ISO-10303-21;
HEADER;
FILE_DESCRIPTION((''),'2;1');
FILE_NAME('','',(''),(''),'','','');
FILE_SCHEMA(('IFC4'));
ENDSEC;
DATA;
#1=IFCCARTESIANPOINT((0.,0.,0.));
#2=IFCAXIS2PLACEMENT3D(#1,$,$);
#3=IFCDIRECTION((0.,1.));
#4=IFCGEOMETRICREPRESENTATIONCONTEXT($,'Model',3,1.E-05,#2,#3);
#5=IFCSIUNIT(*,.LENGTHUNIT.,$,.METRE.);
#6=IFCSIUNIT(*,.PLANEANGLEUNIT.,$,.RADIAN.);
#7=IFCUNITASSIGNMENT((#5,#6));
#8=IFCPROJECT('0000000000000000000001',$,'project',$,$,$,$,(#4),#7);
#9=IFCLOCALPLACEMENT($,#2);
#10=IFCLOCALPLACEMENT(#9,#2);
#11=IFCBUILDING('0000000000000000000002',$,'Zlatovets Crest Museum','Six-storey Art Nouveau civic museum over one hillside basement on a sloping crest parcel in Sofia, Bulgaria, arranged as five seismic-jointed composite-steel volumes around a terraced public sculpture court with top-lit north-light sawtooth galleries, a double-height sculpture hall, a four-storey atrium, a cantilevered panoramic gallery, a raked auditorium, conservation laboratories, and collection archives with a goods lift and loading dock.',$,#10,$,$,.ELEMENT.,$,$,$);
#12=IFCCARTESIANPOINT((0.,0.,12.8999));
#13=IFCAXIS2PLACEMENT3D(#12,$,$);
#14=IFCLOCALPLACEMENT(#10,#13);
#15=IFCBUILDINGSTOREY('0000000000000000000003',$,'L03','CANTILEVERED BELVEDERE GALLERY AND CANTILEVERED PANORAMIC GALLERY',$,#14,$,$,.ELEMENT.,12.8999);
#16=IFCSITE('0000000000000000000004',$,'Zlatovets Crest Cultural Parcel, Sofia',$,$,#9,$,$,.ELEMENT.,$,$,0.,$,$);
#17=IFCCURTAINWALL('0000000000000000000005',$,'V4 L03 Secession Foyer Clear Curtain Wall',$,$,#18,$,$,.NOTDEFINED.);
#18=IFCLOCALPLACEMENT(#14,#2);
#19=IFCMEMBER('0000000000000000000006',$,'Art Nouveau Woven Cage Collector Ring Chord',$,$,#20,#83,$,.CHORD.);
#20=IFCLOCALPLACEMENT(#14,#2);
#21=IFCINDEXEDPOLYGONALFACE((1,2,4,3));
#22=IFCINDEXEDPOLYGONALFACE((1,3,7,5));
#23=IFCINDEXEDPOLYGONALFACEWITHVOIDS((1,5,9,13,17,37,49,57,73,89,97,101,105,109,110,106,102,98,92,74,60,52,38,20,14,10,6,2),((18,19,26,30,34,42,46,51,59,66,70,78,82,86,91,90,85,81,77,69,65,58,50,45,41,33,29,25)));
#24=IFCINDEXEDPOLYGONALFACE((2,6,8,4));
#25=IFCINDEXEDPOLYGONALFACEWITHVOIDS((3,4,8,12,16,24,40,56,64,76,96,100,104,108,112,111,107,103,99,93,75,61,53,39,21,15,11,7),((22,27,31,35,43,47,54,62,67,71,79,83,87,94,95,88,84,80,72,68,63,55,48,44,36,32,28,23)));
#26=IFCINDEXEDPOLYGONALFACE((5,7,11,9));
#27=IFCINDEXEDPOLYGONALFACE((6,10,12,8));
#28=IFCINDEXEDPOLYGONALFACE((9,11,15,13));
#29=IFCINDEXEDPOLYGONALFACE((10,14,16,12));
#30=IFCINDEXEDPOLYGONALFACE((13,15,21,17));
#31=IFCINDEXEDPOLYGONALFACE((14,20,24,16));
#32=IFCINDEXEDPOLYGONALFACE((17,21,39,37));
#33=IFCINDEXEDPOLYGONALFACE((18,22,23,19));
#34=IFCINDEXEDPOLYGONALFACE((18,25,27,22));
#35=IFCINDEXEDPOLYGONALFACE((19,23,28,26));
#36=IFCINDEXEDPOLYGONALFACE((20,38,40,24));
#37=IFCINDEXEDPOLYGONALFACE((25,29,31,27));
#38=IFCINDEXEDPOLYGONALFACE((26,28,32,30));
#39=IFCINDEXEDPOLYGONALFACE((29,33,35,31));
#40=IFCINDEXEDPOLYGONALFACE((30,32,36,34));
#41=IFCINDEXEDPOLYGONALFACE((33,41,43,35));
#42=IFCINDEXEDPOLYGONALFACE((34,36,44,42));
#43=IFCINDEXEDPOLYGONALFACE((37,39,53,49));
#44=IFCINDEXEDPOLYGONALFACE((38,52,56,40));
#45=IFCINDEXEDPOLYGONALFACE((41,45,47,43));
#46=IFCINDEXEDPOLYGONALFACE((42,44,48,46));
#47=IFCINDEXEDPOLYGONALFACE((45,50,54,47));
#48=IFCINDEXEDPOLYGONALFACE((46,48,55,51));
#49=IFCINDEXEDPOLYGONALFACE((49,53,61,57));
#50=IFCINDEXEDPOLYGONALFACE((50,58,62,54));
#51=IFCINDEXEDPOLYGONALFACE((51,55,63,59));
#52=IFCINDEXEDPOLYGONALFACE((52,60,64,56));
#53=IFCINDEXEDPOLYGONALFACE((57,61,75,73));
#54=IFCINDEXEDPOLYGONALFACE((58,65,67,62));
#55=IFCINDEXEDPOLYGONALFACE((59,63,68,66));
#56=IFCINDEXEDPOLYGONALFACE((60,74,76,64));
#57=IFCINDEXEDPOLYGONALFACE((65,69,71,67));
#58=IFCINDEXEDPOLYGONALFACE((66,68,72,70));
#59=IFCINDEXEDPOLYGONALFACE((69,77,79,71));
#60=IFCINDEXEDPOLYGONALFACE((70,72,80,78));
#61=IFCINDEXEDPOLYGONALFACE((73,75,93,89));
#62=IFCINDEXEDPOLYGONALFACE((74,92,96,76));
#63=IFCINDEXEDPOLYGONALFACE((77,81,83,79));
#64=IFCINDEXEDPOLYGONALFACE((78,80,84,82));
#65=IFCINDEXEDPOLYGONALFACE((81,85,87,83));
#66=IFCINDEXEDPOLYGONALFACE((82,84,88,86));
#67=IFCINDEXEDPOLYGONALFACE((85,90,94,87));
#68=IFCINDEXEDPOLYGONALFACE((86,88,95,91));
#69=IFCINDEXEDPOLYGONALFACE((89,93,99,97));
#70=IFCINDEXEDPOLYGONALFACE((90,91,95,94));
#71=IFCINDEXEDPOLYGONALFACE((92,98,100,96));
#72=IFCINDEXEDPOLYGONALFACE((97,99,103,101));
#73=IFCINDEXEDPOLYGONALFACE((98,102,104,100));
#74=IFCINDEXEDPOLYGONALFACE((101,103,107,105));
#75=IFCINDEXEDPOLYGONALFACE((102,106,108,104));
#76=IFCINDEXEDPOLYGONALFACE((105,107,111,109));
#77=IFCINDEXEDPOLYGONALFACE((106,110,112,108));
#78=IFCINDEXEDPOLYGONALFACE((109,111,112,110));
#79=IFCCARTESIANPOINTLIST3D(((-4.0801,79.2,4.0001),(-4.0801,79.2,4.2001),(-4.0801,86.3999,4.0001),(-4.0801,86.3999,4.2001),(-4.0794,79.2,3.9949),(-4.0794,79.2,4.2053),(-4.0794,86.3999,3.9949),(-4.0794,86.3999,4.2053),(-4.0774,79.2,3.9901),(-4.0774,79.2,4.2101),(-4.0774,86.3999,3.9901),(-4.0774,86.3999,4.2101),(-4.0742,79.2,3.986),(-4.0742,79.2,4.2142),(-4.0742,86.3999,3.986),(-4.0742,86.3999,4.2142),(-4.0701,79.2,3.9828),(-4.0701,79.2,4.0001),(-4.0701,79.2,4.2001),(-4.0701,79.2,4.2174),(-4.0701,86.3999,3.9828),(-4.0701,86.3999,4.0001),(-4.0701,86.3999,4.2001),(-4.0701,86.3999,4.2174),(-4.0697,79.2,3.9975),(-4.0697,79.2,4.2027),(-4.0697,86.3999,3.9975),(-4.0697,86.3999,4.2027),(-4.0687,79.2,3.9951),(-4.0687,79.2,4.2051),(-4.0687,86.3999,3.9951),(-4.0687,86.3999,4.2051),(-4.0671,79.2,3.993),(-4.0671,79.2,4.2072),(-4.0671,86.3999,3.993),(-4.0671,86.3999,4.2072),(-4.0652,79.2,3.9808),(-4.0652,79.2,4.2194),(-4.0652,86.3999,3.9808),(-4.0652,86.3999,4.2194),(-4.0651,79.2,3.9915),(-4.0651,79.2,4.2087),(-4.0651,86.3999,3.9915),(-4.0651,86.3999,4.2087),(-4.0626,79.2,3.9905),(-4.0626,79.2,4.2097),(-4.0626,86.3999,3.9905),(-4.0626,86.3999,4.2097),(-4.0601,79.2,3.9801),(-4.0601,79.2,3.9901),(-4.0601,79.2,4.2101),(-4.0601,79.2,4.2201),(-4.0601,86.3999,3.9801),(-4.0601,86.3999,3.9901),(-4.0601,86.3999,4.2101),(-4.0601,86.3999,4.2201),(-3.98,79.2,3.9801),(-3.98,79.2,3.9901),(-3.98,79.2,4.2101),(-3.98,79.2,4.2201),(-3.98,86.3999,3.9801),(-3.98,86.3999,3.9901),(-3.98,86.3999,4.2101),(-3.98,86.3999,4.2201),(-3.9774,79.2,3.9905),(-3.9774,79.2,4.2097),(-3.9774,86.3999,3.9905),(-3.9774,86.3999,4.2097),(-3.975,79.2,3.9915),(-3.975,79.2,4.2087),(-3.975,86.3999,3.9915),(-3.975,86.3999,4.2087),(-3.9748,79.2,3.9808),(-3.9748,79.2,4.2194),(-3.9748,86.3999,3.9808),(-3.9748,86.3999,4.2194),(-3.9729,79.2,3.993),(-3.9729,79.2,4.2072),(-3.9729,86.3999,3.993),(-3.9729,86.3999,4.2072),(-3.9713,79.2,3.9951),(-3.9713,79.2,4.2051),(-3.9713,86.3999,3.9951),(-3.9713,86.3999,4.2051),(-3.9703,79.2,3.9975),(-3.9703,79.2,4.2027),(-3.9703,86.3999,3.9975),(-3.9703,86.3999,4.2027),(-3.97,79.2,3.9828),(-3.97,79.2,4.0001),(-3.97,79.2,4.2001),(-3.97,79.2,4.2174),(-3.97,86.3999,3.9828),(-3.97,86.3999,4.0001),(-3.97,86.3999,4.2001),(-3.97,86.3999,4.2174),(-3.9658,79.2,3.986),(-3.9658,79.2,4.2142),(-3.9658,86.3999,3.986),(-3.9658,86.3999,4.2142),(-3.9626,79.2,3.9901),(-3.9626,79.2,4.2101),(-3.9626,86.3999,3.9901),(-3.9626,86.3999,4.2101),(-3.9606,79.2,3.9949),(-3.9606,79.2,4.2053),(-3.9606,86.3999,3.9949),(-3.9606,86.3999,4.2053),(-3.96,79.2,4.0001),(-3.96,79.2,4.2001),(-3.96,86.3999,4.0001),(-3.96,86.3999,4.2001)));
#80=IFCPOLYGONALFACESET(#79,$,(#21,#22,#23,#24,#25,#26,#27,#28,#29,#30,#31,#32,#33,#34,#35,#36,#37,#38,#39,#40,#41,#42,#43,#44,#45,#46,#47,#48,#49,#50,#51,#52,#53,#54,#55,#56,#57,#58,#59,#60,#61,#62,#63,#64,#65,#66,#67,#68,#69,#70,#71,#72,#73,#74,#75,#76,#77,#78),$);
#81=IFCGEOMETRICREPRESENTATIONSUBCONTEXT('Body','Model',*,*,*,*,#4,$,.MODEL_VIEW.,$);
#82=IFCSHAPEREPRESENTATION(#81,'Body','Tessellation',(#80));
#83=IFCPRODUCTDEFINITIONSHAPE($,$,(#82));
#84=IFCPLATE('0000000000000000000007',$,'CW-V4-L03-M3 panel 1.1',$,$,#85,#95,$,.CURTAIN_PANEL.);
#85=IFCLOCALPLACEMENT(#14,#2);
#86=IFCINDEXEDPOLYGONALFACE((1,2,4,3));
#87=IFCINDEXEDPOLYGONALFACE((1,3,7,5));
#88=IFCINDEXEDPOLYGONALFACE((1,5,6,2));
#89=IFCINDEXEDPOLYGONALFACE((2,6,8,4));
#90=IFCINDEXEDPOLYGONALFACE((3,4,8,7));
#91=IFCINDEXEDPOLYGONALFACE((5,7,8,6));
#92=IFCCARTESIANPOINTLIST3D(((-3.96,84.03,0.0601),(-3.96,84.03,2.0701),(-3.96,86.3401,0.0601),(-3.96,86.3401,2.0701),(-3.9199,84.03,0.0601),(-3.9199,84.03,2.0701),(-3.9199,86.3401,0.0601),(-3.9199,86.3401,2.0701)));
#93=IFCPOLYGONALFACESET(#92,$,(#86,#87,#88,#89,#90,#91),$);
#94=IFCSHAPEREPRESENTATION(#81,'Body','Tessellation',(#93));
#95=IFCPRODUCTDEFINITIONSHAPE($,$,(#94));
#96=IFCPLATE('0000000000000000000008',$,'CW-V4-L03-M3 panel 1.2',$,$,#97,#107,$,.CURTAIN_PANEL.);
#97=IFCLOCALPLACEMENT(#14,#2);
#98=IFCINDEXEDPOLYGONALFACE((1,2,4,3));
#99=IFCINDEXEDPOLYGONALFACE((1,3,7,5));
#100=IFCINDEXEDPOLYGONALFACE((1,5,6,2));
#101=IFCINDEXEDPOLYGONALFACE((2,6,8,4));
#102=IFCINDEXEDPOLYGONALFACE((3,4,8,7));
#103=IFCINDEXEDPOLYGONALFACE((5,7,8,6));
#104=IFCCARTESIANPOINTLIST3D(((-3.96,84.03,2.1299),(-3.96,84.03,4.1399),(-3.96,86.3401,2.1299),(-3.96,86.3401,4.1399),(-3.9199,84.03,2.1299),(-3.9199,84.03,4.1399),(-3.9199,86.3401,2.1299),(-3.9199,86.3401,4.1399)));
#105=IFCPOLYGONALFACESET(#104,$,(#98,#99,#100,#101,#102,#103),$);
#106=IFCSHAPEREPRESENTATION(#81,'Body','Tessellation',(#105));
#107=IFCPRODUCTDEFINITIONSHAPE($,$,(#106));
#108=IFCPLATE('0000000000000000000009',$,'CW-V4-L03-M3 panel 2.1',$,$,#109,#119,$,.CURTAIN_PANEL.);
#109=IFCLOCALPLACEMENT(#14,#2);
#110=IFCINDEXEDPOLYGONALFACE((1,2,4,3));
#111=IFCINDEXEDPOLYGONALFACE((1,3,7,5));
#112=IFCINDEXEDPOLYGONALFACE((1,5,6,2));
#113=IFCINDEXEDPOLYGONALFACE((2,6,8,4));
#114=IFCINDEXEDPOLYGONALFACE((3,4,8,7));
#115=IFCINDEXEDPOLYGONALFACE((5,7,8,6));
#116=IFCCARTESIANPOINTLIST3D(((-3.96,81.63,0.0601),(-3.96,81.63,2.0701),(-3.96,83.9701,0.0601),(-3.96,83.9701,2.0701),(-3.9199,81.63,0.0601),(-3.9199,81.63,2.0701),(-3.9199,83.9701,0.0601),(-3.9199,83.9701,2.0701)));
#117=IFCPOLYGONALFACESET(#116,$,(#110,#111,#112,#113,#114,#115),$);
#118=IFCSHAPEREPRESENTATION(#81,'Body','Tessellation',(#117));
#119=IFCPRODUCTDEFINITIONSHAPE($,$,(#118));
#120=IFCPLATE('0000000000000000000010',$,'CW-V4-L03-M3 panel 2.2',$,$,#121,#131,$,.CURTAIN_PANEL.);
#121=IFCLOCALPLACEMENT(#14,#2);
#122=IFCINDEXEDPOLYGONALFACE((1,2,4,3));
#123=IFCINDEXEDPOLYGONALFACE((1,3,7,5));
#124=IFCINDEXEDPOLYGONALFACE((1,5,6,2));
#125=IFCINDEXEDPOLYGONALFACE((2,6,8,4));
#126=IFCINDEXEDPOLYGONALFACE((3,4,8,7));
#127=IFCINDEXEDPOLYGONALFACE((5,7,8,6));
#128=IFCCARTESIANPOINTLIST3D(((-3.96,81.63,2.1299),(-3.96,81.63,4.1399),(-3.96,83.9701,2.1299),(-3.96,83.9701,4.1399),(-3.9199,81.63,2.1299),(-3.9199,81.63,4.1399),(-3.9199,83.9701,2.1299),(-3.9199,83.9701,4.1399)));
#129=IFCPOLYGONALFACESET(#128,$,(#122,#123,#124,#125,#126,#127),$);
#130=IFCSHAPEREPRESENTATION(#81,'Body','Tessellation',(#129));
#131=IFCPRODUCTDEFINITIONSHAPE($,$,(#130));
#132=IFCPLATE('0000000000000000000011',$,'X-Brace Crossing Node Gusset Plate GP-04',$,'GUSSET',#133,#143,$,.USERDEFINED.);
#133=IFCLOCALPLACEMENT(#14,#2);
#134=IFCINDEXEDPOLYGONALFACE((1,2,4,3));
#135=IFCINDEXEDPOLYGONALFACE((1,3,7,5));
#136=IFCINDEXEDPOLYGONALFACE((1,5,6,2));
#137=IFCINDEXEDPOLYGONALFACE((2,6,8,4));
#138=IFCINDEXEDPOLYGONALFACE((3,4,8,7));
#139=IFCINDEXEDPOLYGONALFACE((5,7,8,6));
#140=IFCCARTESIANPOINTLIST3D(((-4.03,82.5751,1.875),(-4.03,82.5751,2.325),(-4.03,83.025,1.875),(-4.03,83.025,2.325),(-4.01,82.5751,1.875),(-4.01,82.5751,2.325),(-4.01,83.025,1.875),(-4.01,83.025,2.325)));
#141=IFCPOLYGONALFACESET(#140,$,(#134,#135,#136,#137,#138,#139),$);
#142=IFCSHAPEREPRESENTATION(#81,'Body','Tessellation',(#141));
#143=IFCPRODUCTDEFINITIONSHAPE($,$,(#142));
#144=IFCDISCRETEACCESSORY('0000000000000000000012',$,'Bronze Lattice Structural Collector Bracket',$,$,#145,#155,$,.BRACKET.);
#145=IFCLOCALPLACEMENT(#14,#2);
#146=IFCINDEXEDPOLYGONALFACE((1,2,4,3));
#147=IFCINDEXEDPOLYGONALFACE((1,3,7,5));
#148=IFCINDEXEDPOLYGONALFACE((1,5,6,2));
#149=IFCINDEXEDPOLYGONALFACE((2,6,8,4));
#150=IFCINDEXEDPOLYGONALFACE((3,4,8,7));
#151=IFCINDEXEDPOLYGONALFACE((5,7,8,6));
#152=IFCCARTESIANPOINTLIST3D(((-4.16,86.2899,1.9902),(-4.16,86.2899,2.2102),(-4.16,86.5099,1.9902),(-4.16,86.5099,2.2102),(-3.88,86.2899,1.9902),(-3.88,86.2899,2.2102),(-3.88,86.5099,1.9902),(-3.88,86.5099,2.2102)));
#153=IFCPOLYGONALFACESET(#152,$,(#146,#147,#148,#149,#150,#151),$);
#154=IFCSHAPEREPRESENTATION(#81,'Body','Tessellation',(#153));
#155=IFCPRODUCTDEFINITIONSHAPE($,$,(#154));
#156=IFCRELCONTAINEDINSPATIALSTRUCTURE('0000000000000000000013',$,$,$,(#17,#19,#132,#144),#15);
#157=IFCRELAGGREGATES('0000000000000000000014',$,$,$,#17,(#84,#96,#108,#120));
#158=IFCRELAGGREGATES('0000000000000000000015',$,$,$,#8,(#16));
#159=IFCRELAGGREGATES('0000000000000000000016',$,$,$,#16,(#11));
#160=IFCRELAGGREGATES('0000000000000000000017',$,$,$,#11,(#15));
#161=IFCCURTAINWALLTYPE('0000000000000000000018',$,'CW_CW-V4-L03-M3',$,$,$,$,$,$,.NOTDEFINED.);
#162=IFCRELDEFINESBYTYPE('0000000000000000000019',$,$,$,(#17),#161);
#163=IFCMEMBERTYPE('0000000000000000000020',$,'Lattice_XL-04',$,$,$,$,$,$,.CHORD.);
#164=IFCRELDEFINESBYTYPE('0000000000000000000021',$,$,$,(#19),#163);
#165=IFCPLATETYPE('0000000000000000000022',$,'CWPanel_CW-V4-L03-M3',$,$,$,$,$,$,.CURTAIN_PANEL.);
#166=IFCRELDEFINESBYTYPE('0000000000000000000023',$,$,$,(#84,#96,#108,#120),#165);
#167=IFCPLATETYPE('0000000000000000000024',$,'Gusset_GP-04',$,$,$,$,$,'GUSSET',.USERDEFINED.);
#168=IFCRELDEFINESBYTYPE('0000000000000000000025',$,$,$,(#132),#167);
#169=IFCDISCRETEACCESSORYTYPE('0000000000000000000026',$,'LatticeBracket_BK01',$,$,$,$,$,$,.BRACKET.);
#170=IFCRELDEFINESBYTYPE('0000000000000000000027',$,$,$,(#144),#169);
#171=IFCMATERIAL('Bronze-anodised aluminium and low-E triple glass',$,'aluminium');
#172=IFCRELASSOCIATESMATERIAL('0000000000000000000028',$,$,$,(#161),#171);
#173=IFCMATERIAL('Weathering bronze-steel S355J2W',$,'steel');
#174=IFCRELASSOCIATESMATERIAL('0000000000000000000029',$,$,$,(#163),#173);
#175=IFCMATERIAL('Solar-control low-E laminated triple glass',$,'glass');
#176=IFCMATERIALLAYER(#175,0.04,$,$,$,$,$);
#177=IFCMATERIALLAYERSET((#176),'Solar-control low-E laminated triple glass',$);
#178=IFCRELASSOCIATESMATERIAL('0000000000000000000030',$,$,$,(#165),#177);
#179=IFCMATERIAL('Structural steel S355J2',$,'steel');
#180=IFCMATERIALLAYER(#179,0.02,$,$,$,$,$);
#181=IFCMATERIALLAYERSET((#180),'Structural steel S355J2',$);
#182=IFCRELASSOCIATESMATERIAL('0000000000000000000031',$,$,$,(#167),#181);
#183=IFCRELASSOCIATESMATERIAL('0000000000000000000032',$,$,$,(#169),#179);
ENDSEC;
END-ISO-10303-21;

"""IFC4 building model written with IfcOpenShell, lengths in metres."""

from ifc_helpers import new_model, si_unit, direction, frame, origin, origin_2d, place, context, subcontext, project, spatial, rectangle, hollow_rectangle, extrude, material, layer, layer_set, material_profile, profile_set, type_object, element, aggregate, save


model = new_model("IFC4")

# Units and contexts
model_context = context("Model", 3, precision=1e-05, world=origin(), true_north=direction((0.0, 1.0)))
body_context = subcontext(model_context, "Body", "Model", "MODEL_VIEW")
ifc_project = project(units=[si_unit("LENGTHUNIT", "METRE"), si_unit("PLANEANGLEUNIT", "RADIAN")], contexts=[model_context])

# Site, building, storey
site_placement = place(None, origin())
site = spatial("IfcSite", under=ifc_project, at=site_placement, Name="Zlatovets Crest Cultural Parcel, Sofia", CompositionType="ELEMENT", RefElevation=0.0)
building_placement = place(site_placement, origin())
building = spatial("IfcBuilding", under=site, at=building_placement, Name="Zlatovets Crest Museum", Description="Six-storey Art Nouveau civic museum over one hillside basement on a sloping crest parcel in Sofia, Bulgaria, arranged as five seismic-jointed composite-steel volumes around a terraced public sculpture court with top-lit north-light sawtooth galleries, a double-height sculpture hall, a four-storey atrium, a cantilevered panoramic gallery, a raked auditorium, conservation laboratories, and collection archives with a goods lift and loading dock.", CompositionType="ELEMENT")
storey_placement = place(building_placement, frame((0.0, 0.0, 12.8999)))
storey = spatial("IfcBuildingStorey", under=building, at=storey_placement, Name="L03", Description="CANTILEVERED BELVEDERE GALLERY AND CANTILEVERED PANORAMIC GALLERY", CompositionType="ELEMENT", Elevation=12.8999)

# Shared definitions
ifc_material_1 = material(Name="Structural steel S355J2", Category="steel")

# Shared definitions
ifc_material_2 = material(Name="Bronze-anodised aluminium and low-E triple glass", Category="aluminium")

# Curtain wall
curtain_wall_type_1 = type_object("IfcCurtainWallType", Name="CW_CW-V4-L03-M3", PredefinedType="NOTDEFINED", material=ifc_material_2)
curtain_wall_1_placement = place(storey_placement, origin())
curtain_wall_1 = element("IfcCurtainWall", 1, at=curtain_wall_1_placement, inside=storey, type_object=curtain_wall_type_1, Name="V4 L03 Secession Foyer Clear Curtain Wall", PredefinedType="NOTDEFINED")

# Member
ifc_material_3 = material(Name="Weathering bronze-steel S355J2W", Category="steel")
ifc_material_profile_1 = material_profile(ifc_material_3, hollow_rectangle(XDim=0.1201, YDim=0.24, WallThickness=0.01, InnerFilletRadius=0.01, OuterFilletRadius=0.02, at=origin_2d()), Name="RHS 120x240x10.0")
ifc_profile_set_1 = profile_set([ifc_material_profile_1], Name="Weathering bronze-steel S355J2W")
member_type_1 = type_object("IfcMemberType", Name="Lattice_XL-04", PredefinedType="CHORD", material=ifc_profile_set_1)
member_1_placement = place(storey_placement, frame((-4.02, 86.3999, 4.1001), z_axis=(0.0, -1.0, 0.0), x_axis=(1.0, 0.0, 0.0)))
element("IfcMember", 2, at=member_1_placement, inside=storey, type_object=member_type_1, Name="Art Nouveau Woven Cage Collector Ring Chord", PredefinedType="CHORD", context=body_context, shape_type="SweptSolid", body=[
    extrude(hollow_rectangle(XDim=0.1201, YDim=0.24, WallThickness=0.01, InnerFilletRadius=0.01, OuterFilletRadius=0.02, at=origin_2d()), origin(), (0.0, 0.0, 1.0), 7.2),
])

# Plates
ifc_material_4 = material(Name="Solar-control low-E laminated triple glass", Category="glass")
ifc_layer_1 = layer(ifc_material_4, 0.04)
ifc_layer_set_1 = layer_set([ifc_layer_1], Name="Solar-control low-E laminated triple glass")
plate_type_1 = type_object("IfcPlateType", Name="CWPanel_CW-V4-L03-M3", PredefinedType="CURTAIN_PANEL", material=ifc_layer_set_1)
plate_1_placement = place(storey_placement, frame((-3.9399, 85.1851, 0.0601), z_axis=(0.0, 0.0, 1.0), x_axis=(0.0, -1.0, 0.0)))
plate_1 = element("IfcPlate", 3, at=plate_1_placement, type_object=plate_type_1, Name="CW-V4-L03-M3 panel 1.1", PredefinedType="CURTAIN_PANEL", context=body_context, shape_type="SweptSolid", body=[
    extrude(rectangle(XDim=2.3101, YDim=0.04, at=origin_2d()), origin(), (0.0, 0.0, 1.0), 2.01),
])
plate_2_placement = place(storey_placement, frame((-3.9399, 85.1851, 2.1299), z_axis=(0.0, 0.0, 1.0), x_axis=(0.0, -1.0, 0.0)))
plate_2 = element("IfcPlate", 4, at=plate_2_placement, type_object=plate_type_1, Name="CW-V4-L03-M3 panel 1.2", PredefinedType="CURTAIN_PANEL", context=body_context, shape_type="SweptSolid", body=[
    extrude(rectangle(XDim=2.3101, YDim=0.04, at=origin_2d()), origin(), (0.0, 0.0, 1.0), 2.01),
])
plate_3_placement = place(storey_placement, frame((-3.9399, 82.8, 0.0601), z_axis=(0.0, 0.0, 1.0), x_axis=(0.0, -1.0, 0.0)))
plate_3 = element("IfcPlate", 5, at=plate_3_placement, type_object=plate_type_1, Name="CW-V4-L03-M3 panel 2.1", PredefinedType="CURTAIN_PANEL", context=body_context, shape_type="SweptSolid", body=[
    extrude(rectangle(XDim=2.3401, YDim=0.04, at=origin_2d()), origin(), (0.0, 0.0, 1.0), 2.01),
])
plate_4_placement = place(storey_placement, frame((-3.9399, 82.8, 2.1299), z_axis=(0.0, 0.0, 1.0), x_axis=(0.0, -1.0, 0.0)))
plate_4 = element("IfcPlate", 6, at=plate_4_placement, type_object=plate_type_1, Name="CW-V4-L03-M3 panel 2.2", PredefinedType="CURTAIN_PANEL", context=body_context, shape_type="SweptSolid", body=[
    extrude(rectangle(XDim=2.3401, YDim=0.04, at=origin_2d()), origin(), (0.0, 0.0, 1.0), 2.01),
])
aggregate(curtain_wall_1, [plate_1, plate_2, plate_3, plate_4])
ifc_layer_2 = layer(ifc_material_1, 0.02)
ifc_layer_set_2 = layer_set([ifc_layer_2], Name="Structural steel S355J2")
plate_type_2 = type_object("IfcPlateType", Name="Gusset_GP-04", ElementType="GUSSET", PredefinedType="USERDEFINED", material=ifc_layer_set_2)
plate_5_placement = place(storey_placement, frame((-4.02, 82.8, 1.875), z_axis=(0.0, 0.0, 1.0), x_axis=(1.0, 0.0, 0.0)))
element("IfcPlate", 7, at=plate_5_placement, inside=storey, type_object=plate_type_2, Name="X-Brace Crossing Node Gusset Plate GP-04", ObjectType="GUSSET", PredefinedType="USERDEFINED", context=body_context, shape_type="SweptSolid", body=[
    extrude(rectangle(XDim=0.02, YDim=0.45, at=origin_2d()), origin(), (0.0, 0.0, 1.0), 0.45),
])

# Discrete accessory
discrete_accessory_type = type_object("IfcDiscreteAccessoryType", Name="LatticeBracket_BK01", PredefinedType="BRACKET", material=ifc_material_1)
discrete_accessory_placement = place(storey_placement, frame((-4.02, 86.3999, 1.9902), z_axis=(0.0, 0.0, 1.0), x_axis=(1.0, 0.0, 0.0)))
element("IfcDiscreteAccessory", 8, at=discrete_accessory_placement, inside=storey, type_object=discrete_accessory_type, Name="Bronze Lattice Structural Collector Bracket", PredefinedType="BRACKET", context=body_context, shape_type="SweptSolid", body=[
    extrude(rectangle(XDim=0.28, YDim=0.22, at=origin_2d()), origin(), (0.0, 0.0, 1.0), 0.22),
])

save(model, "model.ifc")
